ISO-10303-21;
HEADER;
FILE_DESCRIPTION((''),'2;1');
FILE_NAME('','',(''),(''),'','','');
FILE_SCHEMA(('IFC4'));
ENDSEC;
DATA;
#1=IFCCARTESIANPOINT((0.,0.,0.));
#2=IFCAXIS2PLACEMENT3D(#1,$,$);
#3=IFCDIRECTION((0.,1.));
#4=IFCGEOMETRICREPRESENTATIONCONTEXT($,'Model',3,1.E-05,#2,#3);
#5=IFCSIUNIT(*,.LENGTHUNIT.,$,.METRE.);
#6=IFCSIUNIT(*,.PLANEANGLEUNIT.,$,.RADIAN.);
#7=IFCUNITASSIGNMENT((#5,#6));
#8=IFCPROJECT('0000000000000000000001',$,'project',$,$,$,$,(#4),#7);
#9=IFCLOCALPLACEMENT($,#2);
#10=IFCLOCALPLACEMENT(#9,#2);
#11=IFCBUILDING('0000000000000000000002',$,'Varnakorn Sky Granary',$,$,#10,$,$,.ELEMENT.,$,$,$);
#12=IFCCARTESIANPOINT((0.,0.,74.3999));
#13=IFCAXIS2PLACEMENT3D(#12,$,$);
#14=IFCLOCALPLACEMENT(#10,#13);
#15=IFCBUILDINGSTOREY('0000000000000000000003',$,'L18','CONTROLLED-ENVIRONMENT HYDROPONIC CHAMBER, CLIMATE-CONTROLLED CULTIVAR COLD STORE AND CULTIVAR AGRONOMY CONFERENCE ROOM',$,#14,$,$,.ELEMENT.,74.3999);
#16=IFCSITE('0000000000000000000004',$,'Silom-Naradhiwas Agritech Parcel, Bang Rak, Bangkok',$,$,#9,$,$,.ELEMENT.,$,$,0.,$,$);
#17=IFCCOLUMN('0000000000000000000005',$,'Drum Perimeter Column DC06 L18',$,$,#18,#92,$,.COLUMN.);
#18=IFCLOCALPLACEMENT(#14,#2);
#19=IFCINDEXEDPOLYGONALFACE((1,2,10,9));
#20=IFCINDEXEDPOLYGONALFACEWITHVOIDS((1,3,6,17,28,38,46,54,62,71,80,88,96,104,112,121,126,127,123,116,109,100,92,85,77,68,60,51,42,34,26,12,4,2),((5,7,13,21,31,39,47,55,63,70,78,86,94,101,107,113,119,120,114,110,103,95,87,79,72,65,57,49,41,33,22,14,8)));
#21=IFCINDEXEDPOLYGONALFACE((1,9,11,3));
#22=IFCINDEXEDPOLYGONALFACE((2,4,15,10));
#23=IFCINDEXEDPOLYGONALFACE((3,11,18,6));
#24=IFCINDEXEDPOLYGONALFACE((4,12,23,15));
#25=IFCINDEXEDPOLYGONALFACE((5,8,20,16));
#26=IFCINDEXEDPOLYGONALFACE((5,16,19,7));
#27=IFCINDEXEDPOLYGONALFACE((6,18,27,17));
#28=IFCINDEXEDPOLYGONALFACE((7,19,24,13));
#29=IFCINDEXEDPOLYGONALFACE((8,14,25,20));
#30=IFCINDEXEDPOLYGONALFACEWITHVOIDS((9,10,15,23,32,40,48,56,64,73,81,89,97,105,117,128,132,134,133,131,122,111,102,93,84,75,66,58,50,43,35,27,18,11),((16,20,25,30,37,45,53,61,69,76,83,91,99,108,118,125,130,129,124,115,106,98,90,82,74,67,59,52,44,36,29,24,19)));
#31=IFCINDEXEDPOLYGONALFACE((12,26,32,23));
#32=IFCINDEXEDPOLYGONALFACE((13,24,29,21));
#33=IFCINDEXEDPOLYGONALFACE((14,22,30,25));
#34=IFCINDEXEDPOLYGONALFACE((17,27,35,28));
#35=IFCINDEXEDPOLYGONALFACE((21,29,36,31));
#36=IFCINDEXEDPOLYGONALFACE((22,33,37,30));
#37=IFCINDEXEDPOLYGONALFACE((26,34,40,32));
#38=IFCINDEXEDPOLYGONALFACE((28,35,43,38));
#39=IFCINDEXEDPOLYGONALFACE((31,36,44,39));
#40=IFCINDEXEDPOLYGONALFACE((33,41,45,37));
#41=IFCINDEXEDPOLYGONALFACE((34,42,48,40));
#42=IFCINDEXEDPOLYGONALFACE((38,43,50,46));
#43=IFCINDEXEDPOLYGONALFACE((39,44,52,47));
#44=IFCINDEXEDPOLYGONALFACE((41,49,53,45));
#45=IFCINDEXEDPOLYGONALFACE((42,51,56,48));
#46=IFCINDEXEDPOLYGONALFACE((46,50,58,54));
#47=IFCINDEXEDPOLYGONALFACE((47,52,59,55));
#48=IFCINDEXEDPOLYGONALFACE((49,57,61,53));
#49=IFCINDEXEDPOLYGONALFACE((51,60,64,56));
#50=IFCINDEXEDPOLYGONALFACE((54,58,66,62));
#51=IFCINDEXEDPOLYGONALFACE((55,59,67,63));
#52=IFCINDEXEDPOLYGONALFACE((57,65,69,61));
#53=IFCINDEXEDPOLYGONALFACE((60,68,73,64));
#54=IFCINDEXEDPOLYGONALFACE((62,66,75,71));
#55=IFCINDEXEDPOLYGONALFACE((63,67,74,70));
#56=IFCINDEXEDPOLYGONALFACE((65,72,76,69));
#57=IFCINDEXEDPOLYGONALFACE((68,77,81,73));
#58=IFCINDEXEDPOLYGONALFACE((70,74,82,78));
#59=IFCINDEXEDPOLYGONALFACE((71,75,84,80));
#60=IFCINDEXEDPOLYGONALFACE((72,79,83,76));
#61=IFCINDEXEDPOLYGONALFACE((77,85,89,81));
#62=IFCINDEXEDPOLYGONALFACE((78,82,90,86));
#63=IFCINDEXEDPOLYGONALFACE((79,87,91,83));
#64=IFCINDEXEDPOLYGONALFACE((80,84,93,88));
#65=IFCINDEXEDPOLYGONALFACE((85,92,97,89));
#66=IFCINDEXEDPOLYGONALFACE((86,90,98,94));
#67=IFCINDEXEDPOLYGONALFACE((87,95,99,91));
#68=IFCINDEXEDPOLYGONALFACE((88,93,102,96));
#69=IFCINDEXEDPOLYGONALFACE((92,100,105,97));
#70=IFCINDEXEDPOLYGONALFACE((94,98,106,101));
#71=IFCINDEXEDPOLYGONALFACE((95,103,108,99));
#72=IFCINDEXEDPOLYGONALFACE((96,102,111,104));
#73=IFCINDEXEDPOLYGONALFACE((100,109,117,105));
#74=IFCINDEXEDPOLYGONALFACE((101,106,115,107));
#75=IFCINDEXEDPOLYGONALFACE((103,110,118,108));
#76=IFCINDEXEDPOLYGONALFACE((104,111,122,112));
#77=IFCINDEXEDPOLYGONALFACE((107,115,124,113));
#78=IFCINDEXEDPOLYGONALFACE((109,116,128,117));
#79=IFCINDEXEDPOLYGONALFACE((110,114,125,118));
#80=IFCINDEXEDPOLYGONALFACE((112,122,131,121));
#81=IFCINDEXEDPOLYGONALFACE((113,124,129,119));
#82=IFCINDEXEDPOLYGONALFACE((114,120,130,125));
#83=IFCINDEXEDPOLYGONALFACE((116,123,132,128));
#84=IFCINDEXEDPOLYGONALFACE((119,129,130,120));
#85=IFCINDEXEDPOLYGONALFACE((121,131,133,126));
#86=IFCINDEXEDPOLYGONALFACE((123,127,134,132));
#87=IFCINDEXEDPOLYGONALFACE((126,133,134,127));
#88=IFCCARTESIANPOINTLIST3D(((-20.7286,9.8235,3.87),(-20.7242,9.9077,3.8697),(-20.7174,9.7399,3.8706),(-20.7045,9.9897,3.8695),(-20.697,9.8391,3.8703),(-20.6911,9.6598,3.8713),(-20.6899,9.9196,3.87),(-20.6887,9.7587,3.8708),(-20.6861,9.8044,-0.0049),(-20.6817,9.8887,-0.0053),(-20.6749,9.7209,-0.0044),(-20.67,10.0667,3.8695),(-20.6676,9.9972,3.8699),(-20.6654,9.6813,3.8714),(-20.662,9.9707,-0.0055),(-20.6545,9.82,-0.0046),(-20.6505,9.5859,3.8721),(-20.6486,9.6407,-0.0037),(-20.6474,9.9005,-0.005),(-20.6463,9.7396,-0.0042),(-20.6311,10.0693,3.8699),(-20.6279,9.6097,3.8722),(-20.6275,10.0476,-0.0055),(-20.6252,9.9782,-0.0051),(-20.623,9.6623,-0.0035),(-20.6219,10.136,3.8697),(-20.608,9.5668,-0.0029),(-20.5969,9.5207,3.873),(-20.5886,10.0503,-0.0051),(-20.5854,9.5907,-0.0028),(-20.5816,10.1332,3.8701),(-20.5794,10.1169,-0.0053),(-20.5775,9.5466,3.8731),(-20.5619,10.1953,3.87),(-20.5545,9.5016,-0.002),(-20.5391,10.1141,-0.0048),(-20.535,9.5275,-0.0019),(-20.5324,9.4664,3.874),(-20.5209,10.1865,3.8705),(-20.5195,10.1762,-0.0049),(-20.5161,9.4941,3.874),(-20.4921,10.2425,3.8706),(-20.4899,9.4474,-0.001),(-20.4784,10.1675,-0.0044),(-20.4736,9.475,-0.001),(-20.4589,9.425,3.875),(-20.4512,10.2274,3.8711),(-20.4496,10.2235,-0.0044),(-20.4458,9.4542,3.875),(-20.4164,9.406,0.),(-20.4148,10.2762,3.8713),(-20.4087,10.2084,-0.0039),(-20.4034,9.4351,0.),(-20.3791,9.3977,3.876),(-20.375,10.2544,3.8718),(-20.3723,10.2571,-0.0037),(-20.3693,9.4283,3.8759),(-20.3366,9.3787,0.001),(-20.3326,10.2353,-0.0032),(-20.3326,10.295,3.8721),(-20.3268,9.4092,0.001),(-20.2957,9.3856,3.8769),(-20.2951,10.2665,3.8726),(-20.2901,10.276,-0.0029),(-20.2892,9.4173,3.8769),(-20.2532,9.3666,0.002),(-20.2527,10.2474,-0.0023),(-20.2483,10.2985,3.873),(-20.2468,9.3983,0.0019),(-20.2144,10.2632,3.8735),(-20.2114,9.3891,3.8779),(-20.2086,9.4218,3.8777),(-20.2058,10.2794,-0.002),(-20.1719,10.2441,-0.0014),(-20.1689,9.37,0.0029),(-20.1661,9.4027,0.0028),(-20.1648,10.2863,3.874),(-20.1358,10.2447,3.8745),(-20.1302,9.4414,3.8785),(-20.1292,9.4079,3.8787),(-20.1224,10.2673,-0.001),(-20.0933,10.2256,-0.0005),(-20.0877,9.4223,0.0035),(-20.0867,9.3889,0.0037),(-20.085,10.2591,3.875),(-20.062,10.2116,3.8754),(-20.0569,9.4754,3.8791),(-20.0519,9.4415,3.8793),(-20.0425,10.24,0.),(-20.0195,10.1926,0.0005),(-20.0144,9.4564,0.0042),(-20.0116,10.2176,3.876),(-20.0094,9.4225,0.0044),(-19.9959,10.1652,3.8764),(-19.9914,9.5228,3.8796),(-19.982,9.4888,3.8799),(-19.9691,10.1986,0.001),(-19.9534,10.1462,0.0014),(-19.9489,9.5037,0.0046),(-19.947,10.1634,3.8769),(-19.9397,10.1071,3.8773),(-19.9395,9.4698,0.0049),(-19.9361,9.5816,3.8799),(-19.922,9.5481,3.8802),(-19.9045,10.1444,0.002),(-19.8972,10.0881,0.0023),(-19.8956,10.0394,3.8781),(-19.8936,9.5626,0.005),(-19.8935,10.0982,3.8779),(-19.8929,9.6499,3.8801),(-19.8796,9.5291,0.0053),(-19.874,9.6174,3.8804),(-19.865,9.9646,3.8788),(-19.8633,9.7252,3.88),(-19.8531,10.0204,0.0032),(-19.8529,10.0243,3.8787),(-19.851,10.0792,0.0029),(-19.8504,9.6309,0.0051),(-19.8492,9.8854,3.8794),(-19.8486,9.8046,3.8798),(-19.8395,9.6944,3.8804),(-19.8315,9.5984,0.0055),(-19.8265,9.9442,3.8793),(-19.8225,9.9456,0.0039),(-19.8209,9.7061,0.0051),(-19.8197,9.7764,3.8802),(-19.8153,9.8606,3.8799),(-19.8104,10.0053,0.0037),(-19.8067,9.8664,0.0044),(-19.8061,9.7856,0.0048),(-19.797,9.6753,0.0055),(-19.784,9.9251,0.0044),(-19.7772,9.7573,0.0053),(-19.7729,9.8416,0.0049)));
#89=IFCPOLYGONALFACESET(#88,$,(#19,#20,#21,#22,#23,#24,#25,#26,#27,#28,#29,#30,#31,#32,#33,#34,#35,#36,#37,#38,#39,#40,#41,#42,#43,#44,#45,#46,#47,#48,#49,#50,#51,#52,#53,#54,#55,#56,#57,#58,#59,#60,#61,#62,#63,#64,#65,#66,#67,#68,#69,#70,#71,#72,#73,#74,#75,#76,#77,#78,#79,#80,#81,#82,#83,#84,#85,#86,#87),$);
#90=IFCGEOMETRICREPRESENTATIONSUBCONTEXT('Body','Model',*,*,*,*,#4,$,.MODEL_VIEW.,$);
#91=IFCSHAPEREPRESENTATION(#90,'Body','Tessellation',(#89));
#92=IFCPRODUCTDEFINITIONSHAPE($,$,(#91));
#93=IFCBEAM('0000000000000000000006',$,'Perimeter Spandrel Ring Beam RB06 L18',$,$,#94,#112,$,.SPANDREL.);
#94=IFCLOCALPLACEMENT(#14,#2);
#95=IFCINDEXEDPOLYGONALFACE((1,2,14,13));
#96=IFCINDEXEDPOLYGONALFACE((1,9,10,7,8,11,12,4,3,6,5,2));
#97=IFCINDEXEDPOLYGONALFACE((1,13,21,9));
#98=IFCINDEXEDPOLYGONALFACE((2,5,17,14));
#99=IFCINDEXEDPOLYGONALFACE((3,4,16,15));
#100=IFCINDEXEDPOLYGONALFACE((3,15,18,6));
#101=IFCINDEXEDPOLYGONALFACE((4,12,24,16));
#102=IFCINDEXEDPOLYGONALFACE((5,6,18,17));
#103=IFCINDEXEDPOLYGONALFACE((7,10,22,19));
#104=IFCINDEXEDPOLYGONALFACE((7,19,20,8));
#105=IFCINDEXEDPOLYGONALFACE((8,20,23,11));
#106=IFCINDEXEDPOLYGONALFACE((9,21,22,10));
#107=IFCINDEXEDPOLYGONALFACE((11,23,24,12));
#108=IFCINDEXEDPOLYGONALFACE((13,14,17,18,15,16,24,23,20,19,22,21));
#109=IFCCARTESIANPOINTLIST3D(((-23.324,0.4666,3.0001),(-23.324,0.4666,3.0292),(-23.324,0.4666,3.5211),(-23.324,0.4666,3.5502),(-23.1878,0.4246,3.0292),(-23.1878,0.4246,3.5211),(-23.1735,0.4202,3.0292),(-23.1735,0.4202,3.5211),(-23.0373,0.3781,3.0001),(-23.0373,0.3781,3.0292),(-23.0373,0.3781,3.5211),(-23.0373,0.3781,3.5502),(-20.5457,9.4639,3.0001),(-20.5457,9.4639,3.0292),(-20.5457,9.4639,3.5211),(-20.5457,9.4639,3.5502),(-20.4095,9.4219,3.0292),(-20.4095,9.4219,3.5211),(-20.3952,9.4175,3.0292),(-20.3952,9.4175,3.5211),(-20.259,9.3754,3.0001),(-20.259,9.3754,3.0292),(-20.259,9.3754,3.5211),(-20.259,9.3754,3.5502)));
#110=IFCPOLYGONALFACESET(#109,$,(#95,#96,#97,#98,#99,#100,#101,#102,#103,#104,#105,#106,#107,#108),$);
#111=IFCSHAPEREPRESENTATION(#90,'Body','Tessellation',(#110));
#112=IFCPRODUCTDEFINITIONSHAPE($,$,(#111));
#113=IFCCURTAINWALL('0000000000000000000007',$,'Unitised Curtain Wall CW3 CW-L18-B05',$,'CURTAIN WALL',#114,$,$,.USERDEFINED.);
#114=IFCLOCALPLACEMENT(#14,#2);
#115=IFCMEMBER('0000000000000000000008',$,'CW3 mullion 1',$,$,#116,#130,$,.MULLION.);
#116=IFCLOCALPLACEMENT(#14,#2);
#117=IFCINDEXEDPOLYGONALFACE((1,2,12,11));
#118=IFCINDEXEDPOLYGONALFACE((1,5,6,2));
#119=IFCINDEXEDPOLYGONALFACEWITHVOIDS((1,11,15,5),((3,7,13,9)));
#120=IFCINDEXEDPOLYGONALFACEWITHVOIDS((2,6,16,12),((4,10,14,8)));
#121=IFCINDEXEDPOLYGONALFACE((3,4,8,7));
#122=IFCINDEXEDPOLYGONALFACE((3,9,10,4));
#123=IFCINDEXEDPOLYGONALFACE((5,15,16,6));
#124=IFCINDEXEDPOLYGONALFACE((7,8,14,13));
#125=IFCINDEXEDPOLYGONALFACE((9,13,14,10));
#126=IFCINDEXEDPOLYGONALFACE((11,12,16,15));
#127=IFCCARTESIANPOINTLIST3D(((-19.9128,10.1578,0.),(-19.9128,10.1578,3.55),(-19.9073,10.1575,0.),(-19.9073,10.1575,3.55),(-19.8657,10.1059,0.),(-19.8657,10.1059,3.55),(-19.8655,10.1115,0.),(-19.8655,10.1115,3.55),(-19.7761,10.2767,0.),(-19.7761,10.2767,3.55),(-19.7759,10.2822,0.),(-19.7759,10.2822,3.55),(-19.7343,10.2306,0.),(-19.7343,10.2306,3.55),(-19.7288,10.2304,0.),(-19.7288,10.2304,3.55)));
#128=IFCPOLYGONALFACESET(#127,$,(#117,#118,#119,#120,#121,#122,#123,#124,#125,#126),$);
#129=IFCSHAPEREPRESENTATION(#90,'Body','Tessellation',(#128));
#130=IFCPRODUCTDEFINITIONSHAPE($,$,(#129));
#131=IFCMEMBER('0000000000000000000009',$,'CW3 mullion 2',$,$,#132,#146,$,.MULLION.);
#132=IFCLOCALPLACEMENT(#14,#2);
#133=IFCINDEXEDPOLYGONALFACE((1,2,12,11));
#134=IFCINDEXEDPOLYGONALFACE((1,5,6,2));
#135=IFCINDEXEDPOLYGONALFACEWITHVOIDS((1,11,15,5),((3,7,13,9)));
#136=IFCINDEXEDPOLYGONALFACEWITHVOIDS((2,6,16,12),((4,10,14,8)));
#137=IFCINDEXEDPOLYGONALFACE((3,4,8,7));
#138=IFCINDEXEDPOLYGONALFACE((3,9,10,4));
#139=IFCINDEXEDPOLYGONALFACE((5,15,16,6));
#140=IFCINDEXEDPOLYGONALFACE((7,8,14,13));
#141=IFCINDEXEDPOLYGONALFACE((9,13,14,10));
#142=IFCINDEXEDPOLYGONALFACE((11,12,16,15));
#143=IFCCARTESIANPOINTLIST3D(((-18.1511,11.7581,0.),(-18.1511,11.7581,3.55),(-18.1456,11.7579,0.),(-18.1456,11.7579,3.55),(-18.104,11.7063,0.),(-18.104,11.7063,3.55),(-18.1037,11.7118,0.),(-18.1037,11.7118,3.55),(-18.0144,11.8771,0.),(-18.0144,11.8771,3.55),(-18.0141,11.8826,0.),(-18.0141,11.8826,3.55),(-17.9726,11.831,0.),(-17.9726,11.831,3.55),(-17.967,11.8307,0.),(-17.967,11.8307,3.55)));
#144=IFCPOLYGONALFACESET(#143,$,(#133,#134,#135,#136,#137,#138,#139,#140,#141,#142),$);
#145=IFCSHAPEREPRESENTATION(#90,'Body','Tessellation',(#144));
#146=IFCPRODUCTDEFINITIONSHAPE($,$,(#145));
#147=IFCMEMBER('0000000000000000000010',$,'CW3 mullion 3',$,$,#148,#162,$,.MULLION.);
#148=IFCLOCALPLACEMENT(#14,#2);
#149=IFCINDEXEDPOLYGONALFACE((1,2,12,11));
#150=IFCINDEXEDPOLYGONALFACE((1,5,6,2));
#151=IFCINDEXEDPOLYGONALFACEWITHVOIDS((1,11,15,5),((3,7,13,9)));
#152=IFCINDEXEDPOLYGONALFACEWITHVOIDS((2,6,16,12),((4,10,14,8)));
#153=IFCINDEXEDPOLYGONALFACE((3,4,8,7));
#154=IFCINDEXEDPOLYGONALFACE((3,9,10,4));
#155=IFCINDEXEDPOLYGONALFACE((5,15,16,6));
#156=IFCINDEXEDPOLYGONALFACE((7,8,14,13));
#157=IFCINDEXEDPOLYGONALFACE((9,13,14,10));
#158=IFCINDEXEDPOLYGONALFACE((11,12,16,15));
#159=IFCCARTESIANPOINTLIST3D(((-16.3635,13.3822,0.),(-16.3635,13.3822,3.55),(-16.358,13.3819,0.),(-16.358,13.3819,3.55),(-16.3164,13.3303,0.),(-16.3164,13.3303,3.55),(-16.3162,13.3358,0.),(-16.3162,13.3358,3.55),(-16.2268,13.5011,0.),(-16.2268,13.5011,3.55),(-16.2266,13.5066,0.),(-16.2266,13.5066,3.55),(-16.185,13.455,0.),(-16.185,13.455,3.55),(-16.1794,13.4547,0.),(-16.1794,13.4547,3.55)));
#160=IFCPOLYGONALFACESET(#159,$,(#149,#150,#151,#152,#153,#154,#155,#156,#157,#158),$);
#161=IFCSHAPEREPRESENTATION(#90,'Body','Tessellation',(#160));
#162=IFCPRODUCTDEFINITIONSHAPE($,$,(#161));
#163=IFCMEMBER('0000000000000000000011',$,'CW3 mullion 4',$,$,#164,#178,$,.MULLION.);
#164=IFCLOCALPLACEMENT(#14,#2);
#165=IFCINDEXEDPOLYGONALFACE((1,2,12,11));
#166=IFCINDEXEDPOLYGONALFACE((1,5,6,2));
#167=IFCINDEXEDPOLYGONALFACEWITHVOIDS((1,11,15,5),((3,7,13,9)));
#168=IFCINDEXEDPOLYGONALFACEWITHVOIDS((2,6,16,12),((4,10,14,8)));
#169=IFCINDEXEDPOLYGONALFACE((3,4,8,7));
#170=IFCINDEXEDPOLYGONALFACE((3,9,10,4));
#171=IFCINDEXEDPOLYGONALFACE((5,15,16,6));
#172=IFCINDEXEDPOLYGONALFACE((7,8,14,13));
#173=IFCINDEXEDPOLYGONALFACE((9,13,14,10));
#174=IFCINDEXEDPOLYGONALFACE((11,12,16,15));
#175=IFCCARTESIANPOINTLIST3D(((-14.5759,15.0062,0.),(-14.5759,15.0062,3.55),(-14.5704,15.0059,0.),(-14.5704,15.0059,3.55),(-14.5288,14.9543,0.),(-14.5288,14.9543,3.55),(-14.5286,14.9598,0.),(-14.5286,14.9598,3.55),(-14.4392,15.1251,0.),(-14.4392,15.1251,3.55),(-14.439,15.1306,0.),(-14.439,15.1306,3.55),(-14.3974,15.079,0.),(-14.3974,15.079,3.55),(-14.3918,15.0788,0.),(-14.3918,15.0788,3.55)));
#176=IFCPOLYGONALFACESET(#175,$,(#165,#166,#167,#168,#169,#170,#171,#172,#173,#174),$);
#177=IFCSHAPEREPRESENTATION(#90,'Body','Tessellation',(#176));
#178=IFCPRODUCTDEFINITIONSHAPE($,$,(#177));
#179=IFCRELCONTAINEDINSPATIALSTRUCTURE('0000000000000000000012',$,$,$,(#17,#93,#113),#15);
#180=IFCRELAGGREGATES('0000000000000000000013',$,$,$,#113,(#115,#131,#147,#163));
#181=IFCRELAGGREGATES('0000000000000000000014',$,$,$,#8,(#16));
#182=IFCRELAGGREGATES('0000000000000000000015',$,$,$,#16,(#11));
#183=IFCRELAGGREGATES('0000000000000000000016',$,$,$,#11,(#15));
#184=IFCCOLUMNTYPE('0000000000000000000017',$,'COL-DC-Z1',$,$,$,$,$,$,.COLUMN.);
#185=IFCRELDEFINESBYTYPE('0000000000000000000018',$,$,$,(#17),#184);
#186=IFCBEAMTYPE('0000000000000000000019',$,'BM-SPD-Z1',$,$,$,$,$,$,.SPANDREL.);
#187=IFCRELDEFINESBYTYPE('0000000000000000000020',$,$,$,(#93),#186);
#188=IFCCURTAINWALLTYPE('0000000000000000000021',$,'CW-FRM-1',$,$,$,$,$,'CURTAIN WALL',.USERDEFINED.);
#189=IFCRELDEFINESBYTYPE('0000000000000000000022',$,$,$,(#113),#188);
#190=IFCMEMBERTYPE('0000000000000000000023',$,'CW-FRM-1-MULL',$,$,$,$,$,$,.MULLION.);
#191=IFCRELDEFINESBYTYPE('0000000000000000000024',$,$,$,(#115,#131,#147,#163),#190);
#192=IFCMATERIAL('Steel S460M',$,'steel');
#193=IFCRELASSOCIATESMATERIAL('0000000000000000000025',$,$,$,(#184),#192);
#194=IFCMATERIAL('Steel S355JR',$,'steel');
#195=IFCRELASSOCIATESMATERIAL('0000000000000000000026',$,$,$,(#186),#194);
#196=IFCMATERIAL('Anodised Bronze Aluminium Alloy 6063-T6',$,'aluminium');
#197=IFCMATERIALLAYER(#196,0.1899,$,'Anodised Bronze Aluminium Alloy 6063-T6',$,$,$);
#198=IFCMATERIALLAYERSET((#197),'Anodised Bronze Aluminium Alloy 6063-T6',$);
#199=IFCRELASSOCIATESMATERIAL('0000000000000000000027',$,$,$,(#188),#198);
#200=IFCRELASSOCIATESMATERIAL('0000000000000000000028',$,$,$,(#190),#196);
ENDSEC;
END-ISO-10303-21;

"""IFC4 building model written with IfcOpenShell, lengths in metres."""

from ifc_helpers import new_model, si_unit, direction, frame, origin, origin_2d, place, context, subcontext, project, spatial, hollow_rectangle, hollow_circle, i_section, extrude, material, layer, layer_set, material_profile, profile_set, type_object, element, aggregate, save


model = new_model("IFC4")

# Units and contexts
model_context = context("Model", 3, precision=1e-05, world=origin(), true_north=direction((0.0, 1.0)))
body_context = subcontext(model_context, "Body", "Model", "MODEL_VIEW")
ifc_project = project(units=[si_unit("LENGTHUNIT", "METRE"), si_unit("PLANEANGLEUNIT", "RADIAN")], contexts=[model_context])

# Site, building, storey
site_placement = place(None, origin())
site = spatial("IfcSite", under=ifc_project, at=site_placement, Name="Silom-Naradhiwas Agritech Parcel, Bang Rak, Bangkok", CompositionType="ELEMENT", RefElevation=0.0)
building_placement = place(site_placement, origin())
building = spatial("IfcBuilding", under=site, at=building_placement, Name="Varnakorn Sky Granary", CompositionType="ELEMENT")
storey_placement = place(building_placement, frame((0.0, 0.0, 74.3999)))
storey = spatial("IfcBuildingStorey", under=building, at=storey_placement, Name="L18", Description="CONTROLLED-ENVIRONMENT HYDROPONIC CHAMBER, CLIMATE-CONTROLLED CULTIVAR COLD STORE AND CULTIVAR AGRONOMY CONFERENCE ROOM", CompositionType="ELEMENT", Elevation=74.3999)

# Column
ifc_material_1 = material(Name="Steel S460M", Category="steel")
ifc_material_profile_1 = material_profile(ifc_material_1, hollow_circle(Radius=0.457, WallThickness=0.032, at=origin_2d()), Name="CHS 914x32")
ifc_profile_set_1 = profile_set([ifc_material_profile_1], Name="Steel S460M")
column_type = type_object("IfcColumnType", Name="COL-DC-Z1", PredefinedType="COLUMN", material=ifc_profile_set_1)
column_placement = place(storey_placement, frame((-20.2295, 9.823, 0.0), z_axis=(-0.010962, 0.004914, 0.999928), x_axis=(-0.409056, -0.912509, 0.0)))
element("IfcColumn", 1, at=column_placement, inside=storey, type_object=column_type, Name="Drum Perimeter Column DC06 L18", PredefinedType="COLUMN", context=body_context, shape_type="SweptSolid", body=[
    extrude(hollow_circle(Radius=0.457, WallThickness=0.032, at=origin_2d()), origin(), (0.0, 0.0, 1.0), 3.8752),
])

# Beam
ifc_material_2 = material(Name="Steel S355JR", Category="steel")
ifc_material_profile_2 = material_profile(ifc_material_2, i_section(OverallWidth=0.3, OverallDepth=0.55, WebThickness=0.0149, FlangeThickness=0.0291, at=origin_2d()), Name="HE 550 B")
ifc_profile_set_2 = profile_set([ifc_material_profile_2], Name="Steel S355JR")
beam_type = type_object("IfcBeamType", Name="BM-SPD-Z1", PredefinedType="SPANDREL", material=ifc_profile_set_2)
beam_placement = place(storey_placement, frame((-20.4023, 9.4197, 3.2751), z_axis=(-0.295048, -0.955483, 0.0), x_axis=(0.955483, -0.295048, 0.0)))
element("IfcBeam", 2, at=beam_placement, inside=storey, type_object=beam_type, Name="Perimeter Spandrel Ring Beam RB06 L18", PredefinedType="SPANDREL", context=body_context, shape_type="SweptSolid", body=[
    extrude(i_section(OverallWidth=0.3, OverallDepth=0.55, WebThickness=0.0149, FlangeThickness=0.0291, at=origin_2d()), origin(), (0.0, 0.0, 1.0), 9.4165),
])

# Curtain wall, members
ifc_material_3 = material(Name="Anodised Bronze Aluminium Alloy 6063-T6", Category="aluminium")
ifc_layer_1 = layer(ifc_material_3, 0.1899, Name="Anodised Bronze Aluminium Alloy 6063-T6")
ifc_layer_set_1 = layer_set([ifc_layer_1], Name="Anodised Bronze Aluminium Alloy 6063-T6")
curtain_wall_type = type_object("IfcCurtainWallType", Name="CW-FRM-1", ElementType="CURTAIN WALL", PredefinedType="USERDEFINED", material=ifc_layer_set_1)
curtain_wall_placement = place(storey_placement, origin())
curtain_wall = element("IfcCurtainWall", 3, at=curtain_wall_placement, inside=storey, type_object=curtain_wall_type, Name="Unitised Curtain Wall CW3 CW-L18-B05", ObjectType="CURTAIN WALL", PredefinedType="USERDEFINED")
ifc_material_profile_3 = material_profile(ifc_material_3, hollow_rectangle(XDim=0.0701, YDim=0.1851, WallThickness=0.0039, at=origin_2d()), Name="ALU MULL 70x185")
ifc_profile_set_3 = profile_set([ifc_material_profile_3], Name="Anodised Bronze Aluminium Alloy 6063-T6")
member_type_1 = type_object("IfcMemberType", Name="CW-FRM-1-MULL", PredefinedType="MULLION", material=ifc_profile_set_3)
member_1_placement = place(storey_placement, frame((-19.8208, 10.1941, 0.0), z_axis=(0.0, 0.0, 1.0), x_axis=(-0.672398, 0.74019, 0.0)))
member_1 = element("IfcMember", 4, at=member_1_placement, type_object=member_type_1, Name="CW3 mullion 1", PredefinedType="MULLION", context=body_context, shape_type="SweptSolid", body=[
    extrude(hollow_rectangle(XDim=0.0701, YDim=0.1851, WallThickness=0.0039, at=origin_2d()), origin(), (0.0, 0.0, 1.0), 3.55),
])
member_2_placement = place(storey_placement, frame((-18.0591, 11.7944, 0.0), z_axis=(0.0, 0.0, 1.0), x_axis=(-0.672398, 0.74019, 0.0)))
member_2 = element("IfcMember", 5, at=member_2_placement, type_object=member_type_1, Name="CW3 mullion 2", PredefinedType="MULLION", context=body_context, shape_type="SweptSolid", body=[
    extrude(hollow_rectangle(XDim=0.0701, YDim=0.1851, WallThickness=0.0039, at=origin_2d()), origin(), (0.0, 0.0, 1.0), 3.55),
])
member_3_placement = place(storey_placement, frame((-16.2715, 13.4185, 0.0), z_axis=(0.0, 0.0, 1.0), x_axis=(-0.672398, 0.74019, 0.0)))
member_3 = element("IfcMember", 6, at=member_3_placement, type_object=member_type_1, Name="CW3 mullion 3", PredefinedType="MULLION", context=body_context, shape_type="SweptSolid", body=[
    extrude(hollow_rectangle(XDim=0.0701, YDim=0.1851, WallThickness=0.0039, at=origin_2d()), origin(), (0.0, 0.0, 1.0), 3.55),
])
member_4_placement = place(storey_placement, frame((-14.4839, 15.0425, 0.0), z_axis=(0.0, 0.0, 1.0), x_axis=(-0.672398, 0.74019, 0.0)))
member_4 = element("IfcMember", 7, at=member_4_placement, type_object=member_type_1, Name="CW3 mullion 4", PredefinedType="MULLION", context=body_context, shape_type="SweptSolid", body=[
    extrude(hollow_rectangle(XDim=0.0701, YDim=0.1851, WallThickness=0.0039, at=origin_2d()), origin(), (0.0, 0.0, 1.0), 3.55),
])
aggregate(curtain_wall, [member_1, member_2, member_3, member_4])

save(model, "model.ifc")
